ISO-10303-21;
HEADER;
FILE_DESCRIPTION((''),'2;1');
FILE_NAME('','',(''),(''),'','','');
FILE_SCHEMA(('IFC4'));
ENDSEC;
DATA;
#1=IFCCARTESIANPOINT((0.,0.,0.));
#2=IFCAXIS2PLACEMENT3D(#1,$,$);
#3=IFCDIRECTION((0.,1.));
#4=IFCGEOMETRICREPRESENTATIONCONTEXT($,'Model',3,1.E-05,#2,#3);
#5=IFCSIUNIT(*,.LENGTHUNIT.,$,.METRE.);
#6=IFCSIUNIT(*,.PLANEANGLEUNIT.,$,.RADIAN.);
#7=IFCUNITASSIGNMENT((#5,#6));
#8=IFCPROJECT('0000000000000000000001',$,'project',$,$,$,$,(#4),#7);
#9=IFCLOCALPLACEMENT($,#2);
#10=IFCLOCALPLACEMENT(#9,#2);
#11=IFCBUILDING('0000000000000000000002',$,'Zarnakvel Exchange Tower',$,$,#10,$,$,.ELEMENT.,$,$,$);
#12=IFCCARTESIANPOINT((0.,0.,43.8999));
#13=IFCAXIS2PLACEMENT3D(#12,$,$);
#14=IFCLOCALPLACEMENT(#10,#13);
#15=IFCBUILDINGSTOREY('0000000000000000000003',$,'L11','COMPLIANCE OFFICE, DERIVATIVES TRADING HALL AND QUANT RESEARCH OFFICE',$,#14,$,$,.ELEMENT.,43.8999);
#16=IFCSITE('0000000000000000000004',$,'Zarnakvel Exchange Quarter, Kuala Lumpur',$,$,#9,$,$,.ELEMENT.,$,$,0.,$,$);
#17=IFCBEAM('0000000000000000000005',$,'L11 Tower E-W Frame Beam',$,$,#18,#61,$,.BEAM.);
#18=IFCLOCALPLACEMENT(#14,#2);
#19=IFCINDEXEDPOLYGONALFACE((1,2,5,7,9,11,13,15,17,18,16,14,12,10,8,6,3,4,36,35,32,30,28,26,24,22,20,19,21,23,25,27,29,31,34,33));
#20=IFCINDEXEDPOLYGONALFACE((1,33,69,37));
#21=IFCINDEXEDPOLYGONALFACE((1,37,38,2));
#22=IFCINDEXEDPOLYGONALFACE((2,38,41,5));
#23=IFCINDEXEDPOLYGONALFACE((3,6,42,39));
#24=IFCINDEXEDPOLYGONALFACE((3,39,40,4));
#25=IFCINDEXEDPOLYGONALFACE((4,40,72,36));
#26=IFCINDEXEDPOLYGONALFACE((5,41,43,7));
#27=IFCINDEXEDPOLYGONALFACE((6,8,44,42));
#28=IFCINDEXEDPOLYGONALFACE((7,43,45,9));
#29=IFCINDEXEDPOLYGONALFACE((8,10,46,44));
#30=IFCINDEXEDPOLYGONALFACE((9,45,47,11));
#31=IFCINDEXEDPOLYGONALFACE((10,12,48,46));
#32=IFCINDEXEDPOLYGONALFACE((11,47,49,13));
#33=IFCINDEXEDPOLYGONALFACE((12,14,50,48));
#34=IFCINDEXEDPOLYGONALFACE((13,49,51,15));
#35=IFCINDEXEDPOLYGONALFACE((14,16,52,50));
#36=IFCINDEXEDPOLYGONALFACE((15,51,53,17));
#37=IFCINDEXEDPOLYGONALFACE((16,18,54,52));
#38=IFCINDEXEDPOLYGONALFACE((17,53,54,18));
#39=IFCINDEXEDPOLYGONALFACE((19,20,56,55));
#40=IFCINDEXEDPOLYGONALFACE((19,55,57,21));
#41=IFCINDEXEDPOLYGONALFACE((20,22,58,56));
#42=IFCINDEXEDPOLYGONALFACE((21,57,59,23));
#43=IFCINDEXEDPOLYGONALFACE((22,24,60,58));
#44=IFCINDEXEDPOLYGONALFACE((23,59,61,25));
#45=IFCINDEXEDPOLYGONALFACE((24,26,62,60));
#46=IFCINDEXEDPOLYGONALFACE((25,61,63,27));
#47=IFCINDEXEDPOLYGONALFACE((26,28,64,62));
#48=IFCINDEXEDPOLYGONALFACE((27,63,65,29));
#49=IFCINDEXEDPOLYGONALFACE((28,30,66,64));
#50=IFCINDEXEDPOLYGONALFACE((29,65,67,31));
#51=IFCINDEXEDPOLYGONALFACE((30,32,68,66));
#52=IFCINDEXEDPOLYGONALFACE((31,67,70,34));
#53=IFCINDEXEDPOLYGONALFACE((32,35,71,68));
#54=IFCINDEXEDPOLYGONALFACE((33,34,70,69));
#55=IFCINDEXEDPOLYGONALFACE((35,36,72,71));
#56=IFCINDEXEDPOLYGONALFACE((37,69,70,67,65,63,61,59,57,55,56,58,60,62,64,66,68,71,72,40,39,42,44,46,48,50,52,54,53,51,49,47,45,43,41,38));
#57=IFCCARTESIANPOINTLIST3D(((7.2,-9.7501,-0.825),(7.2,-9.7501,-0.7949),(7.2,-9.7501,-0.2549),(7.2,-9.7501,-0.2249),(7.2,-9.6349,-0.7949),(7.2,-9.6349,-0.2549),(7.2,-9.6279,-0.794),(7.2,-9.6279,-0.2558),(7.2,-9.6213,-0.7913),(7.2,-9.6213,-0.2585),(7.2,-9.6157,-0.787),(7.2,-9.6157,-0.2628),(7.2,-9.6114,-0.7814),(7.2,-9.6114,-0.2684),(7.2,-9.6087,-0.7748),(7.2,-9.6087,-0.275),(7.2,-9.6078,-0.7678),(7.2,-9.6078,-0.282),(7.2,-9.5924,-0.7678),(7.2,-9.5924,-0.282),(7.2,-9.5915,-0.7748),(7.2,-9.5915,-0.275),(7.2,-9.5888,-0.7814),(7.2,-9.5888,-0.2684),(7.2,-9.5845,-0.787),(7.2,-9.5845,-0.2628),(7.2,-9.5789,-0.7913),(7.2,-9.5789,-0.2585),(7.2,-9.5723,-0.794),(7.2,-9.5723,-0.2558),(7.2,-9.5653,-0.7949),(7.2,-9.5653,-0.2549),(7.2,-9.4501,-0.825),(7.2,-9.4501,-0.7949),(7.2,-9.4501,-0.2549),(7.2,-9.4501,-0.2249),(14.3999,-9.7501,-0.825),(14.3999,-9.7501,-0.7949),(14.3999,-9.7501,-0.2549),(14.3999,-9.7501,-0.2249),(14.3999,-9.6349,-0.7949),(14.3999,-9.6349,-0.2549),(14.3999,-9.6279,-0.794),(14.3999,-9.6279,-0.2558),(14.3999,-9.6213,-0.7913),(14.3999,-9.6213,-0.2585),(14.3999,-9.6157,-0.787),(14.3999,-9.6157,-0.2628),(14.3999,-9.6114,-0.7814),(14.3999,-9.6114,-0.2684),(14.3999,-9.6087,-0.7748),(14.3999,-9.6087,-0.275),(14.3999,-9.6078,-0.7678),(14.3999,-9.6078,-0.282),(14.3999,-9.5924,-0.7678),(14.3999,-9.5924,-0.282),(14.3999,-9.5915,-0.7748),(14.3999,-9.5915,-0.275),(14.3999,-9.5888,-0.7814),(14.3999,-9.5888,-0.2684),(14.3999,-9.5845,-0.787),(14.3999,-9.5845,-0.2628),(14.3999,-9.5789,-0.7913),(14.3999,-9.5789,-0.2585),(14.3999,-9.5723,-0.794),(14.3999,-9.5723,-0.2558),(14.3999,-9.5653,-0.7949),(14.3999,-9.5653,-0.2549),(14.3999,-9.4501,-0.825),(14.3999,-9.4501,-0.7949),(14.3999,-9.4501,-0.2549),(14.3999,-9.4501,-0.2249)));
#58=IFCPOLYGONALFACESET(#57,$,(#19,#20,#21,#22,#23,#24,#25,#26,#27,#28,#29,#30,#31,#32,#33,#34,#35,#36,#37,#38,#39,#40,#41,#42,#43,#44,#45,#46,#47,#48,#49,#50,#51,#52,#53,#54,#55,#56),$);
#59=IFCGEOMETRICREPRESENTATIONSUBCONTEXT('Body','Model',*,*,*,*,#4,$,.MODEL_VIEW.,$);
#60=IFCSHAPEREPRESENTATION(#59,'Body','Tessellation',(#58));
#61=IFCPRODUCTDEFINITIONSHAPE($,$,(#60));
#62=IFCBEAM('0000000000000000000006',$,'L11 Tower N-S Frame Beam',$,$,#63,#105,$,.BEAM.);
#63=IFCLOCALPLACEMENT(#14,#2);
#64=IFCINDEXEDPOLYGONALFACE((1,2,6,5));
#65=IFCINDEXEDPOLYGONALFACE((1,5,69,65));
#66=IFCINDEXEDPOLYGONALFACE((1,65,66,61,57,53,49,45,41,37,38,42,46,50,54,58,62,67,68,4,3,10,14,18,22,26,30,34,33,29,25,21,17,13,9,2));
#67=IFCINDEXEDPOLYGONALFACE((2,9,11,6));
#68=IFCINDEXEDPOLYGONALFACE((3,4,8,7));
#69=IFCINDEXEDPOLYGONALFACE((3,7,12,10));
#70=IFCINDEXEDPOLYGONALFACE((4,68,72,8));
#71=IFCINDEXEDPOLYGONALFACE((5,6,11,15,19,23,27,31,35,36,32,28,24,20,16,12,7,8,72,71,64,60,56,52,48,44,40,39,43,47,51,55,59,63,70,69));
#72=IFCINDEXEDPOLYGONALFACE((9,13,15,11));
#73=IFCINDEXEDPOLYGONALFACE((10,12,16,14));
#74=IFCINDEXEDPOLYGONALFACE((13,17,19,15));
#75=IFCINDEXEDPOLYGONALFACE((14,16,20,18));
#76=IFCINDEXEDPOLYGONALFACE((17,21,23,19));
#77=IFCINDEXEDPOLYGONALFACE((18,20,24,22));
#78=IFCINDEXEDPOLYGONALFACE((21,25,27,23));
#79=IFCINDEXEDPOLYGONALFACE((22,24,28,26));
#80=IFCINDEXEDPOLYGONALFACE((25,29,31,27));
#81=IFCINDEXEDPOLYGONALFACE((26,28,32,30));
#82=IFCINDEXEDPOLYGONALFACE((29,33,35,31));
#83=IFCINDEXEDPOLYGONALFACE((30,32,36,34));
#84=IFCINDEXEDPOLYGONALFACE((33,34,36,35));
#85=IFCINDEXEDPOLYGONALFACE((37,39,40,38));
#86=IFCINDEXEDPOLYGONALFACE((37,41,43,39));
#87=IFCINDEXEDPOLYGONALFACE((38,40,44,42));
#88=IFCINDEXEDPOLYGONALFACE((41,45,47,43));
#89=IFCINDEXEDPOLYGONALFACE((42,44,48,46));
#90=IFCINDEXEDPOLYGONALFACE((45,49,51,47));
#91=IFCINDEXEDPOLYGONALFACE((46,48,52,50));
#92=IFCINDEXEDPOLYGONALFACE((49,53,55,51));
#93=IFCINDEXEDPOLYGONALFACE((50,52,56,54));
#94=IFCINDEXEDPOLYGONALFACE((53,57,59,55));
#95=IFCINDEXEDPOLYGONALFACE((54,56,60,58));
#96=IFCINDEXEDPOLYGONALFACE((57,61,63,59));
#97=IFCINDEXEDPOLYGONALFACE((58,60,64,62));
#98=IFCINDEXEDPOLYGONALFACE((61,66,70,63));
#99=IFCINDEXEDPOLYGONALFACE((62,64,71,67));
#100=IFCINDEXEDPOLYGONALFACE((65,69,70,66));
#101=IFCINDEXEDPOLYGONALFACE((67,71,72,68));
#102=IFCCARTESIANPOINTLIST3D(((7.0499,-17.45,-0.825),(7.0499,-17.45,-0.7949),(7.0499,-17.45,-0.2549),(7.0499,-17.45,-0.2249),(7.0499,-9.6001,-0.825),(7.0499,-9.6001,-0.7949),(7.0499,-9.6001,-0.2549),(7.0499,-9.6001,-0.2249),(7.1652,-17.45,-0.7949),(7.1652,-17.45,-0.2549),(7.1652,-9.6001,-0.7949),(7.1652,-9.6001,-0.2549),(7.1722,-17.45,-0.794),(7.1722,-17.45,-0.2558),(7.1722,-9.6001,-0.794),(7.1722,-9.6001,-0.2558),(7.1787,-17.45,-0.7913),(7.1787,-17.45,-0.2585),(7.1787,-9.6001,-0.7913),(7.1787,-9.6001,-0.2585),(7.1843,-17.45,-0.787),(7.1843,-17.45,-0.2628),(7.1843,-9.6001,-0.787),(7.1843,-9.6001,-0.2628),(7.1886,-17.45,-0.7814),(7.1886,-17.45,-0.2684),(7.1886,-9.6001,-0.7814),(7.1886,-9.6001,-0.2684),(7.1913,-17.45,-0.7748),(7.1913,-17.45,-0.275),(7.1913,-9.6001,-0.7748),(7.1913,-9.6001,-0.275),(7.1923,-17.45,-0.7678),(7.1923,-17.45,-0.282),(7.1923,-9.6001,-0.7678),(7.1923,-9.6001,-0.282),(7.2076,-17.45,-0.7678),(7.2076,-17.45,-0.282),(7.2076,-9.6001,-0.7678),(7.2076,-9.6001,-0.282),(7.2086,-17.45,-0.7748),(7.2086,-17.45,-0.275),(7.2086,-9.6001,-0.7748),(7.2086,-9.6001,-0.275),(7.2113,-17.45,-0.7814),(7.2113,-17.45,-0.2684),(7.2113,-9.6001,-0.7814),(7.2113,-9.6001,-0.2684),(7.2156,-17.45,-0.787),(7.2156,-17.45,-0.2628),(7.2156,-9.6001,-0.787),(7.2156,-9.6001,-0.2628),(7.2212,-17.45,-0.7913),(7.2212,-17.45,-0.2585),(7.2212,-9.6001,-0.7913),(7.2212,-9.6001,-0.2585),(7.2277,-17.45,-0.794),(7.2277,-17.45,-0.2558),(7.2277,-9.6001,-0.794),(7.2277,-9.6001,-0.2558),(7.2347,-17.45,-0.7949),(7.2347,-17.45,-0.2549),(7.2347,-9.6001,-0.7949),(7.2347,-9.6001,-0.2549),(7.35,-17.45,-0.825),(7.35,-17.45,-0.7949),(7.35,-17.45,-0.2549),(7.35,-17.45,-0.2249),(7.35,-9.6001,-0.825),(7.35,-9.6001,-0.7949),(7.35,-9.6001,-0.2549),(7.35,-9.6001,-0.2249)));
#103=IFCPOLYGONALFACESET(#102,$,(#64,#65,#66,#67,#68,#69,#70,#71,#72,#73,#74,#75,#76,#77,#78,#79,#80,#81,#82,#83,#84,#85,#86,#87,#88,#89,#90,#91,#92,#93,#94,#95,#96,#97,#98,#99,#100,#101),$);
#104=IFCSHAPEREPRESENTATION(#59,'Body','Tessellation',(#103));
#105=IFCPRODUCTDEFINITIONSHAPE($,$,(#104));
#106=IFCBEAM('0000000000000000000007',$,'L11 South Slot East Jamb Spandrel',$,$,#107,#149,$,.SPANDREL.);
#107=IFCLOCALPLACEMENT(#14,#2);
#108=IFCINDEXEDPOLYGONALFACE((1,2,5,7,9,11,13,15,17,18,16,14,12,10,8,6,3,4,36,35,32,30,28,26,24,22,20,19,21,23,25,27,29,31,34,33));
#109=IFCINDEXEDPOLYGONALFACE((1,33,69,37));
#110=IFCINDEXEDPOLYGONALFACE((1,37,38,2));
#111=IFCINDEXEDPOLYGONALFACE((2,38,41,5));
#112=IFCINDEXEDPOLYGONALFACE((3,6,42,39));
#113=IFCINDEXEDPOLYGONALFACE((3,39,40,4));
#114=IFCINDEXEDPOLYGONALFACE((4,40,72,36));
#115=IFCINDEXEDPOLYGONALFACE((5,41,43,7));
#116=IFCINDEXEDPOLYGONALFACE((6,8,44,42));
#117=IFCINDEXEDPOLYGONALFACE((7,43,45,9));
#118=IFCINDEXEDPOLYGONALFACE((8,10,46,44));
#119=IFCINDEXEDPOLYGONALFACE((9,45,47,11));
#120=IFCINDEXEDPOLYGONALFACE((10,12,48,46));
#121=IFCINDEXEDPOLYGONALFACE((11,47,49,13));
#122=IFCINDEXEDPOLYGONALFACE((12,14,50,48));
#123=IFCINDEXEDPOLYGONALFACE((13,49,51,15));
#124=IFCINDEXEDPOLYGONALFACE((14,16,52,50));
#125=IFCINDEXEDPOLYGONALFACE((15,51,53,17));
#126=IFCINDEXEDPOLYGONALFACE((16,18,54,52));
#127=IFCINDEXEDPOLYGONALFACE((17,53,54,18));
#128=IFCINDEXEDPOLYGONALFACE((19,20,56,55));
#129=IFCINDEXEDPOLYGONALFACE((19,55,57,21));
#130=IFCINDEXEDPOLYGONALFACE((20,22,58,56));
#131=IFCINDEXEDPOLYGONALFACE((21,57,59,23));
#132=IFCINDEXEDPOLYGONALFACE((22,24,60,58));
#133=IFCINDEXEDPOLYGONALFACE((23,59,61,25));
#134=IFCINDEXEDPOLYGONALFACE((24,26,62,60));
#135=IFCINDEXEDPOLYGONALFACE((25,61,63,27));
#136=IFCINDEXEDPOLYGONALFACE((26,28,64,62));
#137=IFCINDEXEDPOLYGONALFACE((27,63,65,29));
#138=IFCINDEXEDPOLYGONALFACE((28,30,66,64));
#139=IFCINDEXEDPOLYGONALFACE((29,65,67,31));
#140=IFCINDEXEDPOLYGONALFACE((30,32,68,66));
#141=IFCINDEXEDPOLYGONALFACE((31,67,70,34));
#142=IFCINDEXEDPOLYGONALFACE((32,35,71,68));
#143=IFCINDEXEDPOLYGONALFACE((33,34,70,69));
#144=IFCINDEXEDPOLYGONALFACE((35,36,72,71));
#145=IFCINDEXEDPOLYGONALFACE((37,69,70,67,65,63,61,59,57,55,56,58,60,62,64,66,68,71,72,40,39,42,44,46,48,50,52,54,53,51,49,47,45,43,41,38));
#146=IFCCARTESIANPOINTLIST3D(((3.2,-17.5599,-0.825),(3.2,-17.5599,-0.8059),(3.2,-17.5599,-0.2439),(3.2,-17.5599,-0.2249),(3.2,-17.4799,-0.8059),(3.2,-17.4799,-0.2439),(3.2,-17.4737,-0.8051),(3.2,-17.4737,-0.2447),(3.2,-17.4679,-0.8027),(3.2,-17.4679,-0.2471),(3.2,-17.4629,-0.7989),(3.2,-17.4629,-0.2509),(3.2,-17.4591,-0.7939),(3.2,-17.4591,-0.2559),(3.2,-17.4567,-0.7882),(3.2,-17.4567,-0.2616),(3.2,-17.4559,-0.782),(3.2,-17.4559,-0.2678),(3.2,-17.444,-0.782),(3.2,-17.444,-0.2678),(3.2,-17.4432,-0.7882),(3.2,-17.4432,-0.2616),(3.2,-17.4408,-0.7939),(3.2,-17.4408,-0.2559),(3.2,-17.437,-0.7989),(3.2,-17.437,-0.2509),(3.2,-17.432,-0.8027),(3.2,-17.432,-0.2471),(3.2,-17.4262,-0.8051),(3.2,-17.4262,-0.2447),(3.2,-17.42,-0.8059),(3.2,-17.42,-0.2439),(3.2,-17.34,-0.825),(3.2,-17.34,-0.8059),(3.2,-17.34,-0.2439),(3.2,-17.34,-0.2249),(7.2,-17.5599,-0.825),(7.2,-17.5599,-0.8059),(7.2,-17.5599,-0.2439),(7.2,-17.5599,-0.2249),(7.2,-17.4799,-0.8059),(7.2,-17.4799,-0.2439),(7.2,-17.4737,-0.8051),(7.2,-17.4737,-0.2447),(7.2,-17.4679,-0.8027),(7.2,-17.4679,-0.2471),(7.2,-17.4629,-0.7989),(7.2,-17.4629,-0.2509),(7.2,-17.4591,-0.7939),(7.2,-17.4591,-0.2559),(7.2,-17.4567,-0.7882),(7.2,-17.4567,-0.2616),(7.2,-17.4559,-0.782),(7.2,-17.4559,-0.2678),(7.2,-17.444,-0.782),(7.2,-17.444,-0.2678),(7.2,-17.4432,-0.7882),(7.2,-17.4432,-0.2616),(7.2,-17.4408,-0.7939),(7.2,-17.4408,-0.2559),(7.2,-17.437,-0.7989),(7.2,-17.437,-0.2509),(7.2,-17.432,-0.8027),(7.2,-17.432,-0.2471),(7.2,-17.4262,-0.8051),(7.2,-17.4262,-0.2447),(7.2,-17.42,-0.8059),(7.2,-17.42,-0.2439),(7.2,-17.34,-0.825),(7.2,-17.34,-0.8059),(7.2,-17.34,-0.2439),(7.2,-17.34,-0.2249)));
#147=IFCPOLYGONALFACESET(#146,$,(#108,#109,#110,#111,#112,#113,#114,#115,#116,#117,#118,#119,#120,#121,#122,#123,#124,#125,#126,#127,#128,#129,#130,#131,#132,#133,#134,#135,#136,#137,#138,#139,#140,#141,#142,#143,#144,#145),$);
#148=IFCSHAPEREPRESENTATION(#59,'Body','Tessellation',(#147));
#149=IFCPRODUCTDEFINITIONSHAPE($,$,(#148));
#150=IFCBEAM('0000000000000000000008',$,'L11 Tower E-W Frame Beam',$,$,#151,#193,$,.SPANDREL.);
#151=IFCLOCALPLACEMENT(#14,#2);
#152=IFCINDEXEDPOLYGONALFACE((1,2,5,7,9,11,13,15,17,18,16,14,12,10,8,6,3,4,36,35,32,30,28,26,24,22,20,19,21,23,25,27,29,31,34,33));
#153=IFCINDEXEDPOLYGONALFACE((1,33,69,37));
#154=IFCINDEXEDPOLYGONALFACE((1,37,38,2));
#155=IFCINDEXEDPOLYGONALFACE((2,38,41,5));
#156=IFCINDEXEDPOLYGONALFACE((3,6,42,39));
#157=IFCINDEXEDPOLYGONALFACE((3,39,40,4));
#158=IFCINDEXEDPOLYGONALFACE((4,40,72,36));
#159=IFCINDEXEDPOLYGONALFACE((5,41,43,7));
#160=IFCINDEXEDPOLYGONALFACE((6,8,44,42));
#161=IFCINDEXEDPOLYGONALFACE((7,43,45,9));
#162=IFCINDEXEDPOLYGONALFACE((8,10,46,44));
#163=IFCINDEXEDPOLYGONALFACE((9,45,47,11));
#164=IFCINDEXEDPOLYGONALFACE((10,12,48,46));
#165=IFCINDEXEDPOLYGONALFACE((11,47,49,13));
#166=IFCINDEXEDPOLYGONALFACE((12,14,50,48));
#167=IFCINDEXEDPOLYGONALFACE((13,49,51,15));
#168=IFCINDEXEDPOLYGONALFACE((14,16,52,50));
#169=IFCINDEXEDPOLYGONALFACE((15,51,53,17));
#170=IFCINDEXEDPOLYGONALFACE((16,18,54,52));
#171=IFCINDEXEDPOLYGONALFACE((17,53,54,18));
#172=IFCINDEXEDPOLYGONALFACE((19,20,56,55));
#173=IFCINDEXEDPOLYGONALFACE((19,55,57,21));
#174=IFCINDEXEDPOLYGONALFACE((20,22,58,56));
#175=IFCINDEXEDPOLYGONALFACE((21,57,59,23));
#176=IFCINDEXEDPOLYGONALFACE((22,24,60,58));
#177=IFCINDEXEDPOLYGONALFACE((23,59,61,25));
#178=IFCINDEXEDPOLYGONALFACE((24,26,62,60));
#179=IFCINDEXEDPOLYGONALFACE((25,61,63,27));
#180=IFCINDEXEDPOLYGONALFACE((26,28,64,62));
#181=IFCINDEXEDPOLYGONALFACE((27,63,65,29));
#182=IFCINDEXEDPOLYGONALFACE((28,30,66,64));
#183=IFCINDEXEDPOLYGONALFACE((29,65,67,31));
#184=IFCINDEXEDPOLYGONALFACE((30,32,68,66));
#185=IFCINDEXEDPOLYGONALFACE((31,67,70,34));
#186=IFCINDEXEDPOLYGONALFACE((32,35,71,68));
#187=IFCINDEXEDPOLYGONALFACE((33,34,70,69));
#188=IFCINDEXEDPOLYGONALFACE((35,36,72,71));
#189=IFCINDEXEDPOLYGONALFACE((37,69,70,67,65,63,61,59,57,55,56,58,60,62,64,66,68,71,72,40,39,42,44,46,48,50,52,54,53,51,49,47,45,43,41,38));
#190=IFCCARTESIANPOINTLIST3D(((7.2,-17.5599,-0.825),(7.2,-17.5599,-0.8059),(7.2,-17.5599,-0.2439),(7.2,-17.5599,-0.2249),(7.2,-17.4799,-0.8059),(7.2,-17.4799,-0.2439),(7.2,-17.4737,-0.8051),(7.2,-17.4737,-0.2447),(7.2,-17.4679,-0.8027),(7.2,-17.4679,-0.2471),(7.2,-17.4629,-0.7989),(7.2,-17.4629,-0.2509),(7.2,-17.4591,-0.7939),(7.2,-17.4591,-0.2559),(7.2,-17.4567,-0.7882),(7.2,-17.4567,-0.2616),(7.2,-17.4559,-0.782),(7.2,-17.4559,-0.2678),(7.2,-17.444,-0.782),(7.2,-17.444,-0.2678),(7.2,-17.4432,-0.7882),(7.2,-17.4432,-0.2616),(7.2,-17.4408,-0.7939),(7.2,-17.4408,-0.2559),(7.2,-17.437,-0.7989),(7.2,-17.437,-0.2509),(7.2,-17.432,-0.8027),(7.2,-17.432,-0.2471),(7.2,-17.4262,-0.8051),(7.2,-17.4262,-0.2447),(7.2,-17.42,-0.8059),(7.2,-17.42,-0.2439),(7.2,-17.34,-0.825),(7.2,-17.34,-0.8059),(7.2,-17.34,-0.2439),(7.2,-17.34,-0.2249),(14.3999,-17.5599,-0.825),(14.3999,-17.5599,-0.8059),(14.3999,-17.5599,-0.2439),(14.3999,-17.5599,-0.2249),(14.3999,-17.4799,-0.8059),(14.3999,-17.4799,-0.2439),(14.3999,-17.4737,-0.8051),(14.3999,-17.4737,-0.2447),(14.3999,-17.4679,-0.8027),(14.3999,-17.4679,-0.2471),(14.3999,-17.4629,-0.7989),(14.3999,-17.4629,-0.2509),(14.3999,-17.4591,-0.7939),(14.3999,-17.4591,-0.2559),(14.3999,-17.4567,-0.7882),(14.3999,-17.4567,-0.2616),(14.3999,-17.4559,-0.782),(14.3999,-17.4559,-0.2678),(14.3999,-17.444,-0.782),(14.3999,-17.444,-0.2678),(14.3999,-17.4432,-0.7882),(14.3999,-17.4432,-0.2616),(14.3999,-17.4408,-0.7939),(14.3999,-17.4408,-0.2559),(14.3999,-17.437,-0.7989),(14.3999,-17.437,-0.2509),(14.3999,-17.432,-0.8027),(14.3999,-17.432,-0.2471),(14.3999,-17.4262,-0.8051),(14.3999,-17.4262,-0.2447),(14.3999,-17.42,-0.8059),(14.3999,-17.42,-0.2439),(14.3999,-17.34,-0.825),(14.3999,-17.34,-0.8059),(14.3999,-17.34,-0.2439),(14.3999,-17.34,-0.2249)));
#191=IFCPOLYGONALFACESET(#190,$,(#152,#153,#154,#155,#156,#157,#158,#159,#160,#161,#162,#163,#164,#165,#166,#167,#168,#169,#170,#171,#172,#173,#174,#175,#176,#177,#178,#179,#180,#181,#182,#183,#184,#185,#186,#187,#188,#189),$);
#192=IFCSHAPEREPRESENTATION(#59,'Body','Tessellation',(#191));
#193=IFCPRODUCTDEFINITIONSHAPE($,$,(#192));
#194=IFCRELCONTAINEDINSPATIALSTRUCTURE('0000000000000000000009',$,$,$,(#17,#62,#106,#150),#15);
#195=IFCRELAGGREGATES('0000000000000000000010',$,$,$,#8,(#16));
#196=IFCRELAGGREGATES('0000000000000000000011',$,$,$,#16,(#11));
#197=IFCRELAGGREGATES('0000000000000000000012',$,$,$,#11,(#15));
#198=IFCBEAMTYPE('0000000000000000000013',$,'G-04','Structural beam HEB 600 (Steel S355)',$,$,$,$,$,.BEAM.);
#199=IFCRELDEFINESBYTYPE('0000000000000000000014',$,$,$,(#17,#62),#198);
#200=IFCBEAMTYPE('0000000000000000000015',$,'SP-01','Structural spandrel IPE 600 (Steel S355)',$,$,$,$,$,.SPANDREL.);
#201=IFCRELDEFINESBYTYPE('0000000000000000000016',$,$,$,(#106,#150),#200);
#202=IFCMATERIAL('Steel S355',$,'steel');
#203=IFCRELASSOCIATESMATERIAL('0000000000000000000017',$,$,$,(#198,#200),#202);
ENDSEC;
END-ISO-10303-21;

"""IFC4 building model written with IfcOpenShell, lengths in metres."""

from ifc_helpers import new_model, si_unit, direction, frame, origin, origin_2d, place, context, subcontext, project, spatial, i_section, extrude, material, material_profile, profile_set, type_object, element, save


model = new_model("IFC4")

# Units and contexts
model_context = context("Model", 3, precision=1e-05, world=origin(), true_north=direction((0.0, 1.0)))
body_context = subcontext(model_context, "Body", "Model", "MODEL_VIEW")
ifc_project = project(units=[si_unit("LENGTHUNIT", "METRE"), si_unit("PLANEANGLEUNIT", "RADIAN")], contexts=[model_context])

# Site, building, storey
site_placement = place(None, origin())
site = spatial("IfcSite", under=ifc_project, at=site_placement, Name="Zarnakvel Exchange Quarter, Kuala Lumpur", CompositionType="ELEMENT", RefElevation=0.0)
building_placement = place(site_placement, origin())
building = spatial("IfcBuilding", under=site, at=building_placement, Name="Zarnakvel Exchange Tower", CompositionType="ELEMENT")
storey_placement = place(building_placement, frame((0.0, 0.0, 43.8999)))
storey = spatial("IfcBuildingStorey", under=building, at=storey_placement, Name="L11", Description="COMPLIANCE OFFICE, DERIVATIVES TRADING HALL AND QUANT RESEARCH OFFICE", CompositionType="ELEMENT", Elevation=43.8999)

# Beams
ifc_material_1 = material(Name="Steel S355", Category="steel")
ifc_material_profile_1 = material_profile(ifc_material_1, i_section(OverallWidth=0.3, OverallDepth=0.6001, WebThickness=0.0154, FlangeThickness=0.03, FilletRadius=0.0271, at=origin_2d()))
ifc_profile_set_1 = profile_set([ifc_material_profile_1], Name="Steel S355")
beam_type_1 = type_object("IfcBeamType", Name="G-04", Description="Structural beam HEB 600 (Steel S355)", PredefinedType="BEAM", material=ifc_profile_set_1)
beam_1_placement = place(storey_placement, frame((7.2, -9.6001, -0.5249), z_axis=(1.0, 0.0, 0.0), x_axis=(0.0, 1.0, 0.0)))
element("IfcBeam", 1, at=beam_1_placement, inside=storey, type_object=beam_type_1, Name="L11 Tower E-W Frame Beam", PredefinedType="BEAM", context=body_context, shape_type="SweptSolid", body=[
    extrude(i_section(OverallWidth=0.3, OverallDepth=0.6001, WebThickness=0.0154, FlangeThickness=0.03, FilletRadius=0.0271, at=origin_2d()), origin(), (0.0, 0.0, 1.0), 7.2),
])
beam_2_placement = place(storey_placement, frame((7.2, -17.45, -0.5249), z_axis=(0.0, 1.0, 0.0), x_axis=(-1.0, 0.0, 0.0)))
element("IfcBeam", 2, at=beam_2_placement, inside=storey, type_object=beam_type_1, Name="L11 Tower N-S Frame Beam", PredefinedType="BEAM", context=body_context, shape_type="SweptSolid", body=[
    extrude(i_section(OverallWidth=0.3, OverallDepth=0.6001, WebThickness=0.0154, FlangeThickness=0.03, FilletRadius=0.0271, at=origin_2d()), origin(), (0.0, 0.0, 1.0), 7.8499),
])
ifc_material_profile_2 = material_profile(ifc_material_1, i_section(OverallWidth=0.22, OverallDepth=0.6001, WebThickness=0.012, FlangeThickness=0.019, FilletRadius=0.0239, at=origin_2d()))
ifc_profile_set_2 = profile_set([ifc_material_profile_2], Name="Steel S355")
beam_type_2 = type_object("IfcBeamType", Name="SP-01", Description="Structural spandrel IPE 600 (Steel S355)", PredefinedType="SPANDREL", material=ifc_profile_set_2)
beam_3_placement = place(storey_placement, frame((3.2, -17.45, -0.5249), z_axis=(1.0, 0.0, 0.0), x_axis=(0.0, 1.0, 0.0)))
element("IfcBeam", 3, at=beam_3_placement, inside=storey, type_object=beam_type_2, Name="L11 South Slot East Jamb Spandrel", PredefinedType="SPANDREL", context=body_context, shape_type="SweptSolid", body=[
    extrude(i_section(OverallWidth=0.22, OverallDepth=0.6001, WebThickness=0.012, FlangeThickness=0.019, FilletRadius=0.0239, at=origin_2d()), origin(), (0.0, 0.0, 1.0), 4.0),
])
beam_4_placement = place(storey_placement, frame((7.2, -17.45, -0.5249), z_axis=(1.0, 0.0, 0.0), x_axis=(0.0, 1.0, 0.0)))
element("IfcBeam", 4, at=beam_4_placement, inside=storey, type_object=beam_type_2, Name="L11 Tower E-W Frame Beam", PredefinedType="SPANDREL", context=body_context, shape_type="SweptSolid", body=[
    extrude(i_section(OverallWidth=0.22, OverallDepth=0.6001, WebThickness=0.012, FlangeThickness=0.019, FilletRadius=0.0239, at=origin_2d()), origin(), (0.0, 0.0, 1.0), 7.2),
])

save(model, "model.ifc")
